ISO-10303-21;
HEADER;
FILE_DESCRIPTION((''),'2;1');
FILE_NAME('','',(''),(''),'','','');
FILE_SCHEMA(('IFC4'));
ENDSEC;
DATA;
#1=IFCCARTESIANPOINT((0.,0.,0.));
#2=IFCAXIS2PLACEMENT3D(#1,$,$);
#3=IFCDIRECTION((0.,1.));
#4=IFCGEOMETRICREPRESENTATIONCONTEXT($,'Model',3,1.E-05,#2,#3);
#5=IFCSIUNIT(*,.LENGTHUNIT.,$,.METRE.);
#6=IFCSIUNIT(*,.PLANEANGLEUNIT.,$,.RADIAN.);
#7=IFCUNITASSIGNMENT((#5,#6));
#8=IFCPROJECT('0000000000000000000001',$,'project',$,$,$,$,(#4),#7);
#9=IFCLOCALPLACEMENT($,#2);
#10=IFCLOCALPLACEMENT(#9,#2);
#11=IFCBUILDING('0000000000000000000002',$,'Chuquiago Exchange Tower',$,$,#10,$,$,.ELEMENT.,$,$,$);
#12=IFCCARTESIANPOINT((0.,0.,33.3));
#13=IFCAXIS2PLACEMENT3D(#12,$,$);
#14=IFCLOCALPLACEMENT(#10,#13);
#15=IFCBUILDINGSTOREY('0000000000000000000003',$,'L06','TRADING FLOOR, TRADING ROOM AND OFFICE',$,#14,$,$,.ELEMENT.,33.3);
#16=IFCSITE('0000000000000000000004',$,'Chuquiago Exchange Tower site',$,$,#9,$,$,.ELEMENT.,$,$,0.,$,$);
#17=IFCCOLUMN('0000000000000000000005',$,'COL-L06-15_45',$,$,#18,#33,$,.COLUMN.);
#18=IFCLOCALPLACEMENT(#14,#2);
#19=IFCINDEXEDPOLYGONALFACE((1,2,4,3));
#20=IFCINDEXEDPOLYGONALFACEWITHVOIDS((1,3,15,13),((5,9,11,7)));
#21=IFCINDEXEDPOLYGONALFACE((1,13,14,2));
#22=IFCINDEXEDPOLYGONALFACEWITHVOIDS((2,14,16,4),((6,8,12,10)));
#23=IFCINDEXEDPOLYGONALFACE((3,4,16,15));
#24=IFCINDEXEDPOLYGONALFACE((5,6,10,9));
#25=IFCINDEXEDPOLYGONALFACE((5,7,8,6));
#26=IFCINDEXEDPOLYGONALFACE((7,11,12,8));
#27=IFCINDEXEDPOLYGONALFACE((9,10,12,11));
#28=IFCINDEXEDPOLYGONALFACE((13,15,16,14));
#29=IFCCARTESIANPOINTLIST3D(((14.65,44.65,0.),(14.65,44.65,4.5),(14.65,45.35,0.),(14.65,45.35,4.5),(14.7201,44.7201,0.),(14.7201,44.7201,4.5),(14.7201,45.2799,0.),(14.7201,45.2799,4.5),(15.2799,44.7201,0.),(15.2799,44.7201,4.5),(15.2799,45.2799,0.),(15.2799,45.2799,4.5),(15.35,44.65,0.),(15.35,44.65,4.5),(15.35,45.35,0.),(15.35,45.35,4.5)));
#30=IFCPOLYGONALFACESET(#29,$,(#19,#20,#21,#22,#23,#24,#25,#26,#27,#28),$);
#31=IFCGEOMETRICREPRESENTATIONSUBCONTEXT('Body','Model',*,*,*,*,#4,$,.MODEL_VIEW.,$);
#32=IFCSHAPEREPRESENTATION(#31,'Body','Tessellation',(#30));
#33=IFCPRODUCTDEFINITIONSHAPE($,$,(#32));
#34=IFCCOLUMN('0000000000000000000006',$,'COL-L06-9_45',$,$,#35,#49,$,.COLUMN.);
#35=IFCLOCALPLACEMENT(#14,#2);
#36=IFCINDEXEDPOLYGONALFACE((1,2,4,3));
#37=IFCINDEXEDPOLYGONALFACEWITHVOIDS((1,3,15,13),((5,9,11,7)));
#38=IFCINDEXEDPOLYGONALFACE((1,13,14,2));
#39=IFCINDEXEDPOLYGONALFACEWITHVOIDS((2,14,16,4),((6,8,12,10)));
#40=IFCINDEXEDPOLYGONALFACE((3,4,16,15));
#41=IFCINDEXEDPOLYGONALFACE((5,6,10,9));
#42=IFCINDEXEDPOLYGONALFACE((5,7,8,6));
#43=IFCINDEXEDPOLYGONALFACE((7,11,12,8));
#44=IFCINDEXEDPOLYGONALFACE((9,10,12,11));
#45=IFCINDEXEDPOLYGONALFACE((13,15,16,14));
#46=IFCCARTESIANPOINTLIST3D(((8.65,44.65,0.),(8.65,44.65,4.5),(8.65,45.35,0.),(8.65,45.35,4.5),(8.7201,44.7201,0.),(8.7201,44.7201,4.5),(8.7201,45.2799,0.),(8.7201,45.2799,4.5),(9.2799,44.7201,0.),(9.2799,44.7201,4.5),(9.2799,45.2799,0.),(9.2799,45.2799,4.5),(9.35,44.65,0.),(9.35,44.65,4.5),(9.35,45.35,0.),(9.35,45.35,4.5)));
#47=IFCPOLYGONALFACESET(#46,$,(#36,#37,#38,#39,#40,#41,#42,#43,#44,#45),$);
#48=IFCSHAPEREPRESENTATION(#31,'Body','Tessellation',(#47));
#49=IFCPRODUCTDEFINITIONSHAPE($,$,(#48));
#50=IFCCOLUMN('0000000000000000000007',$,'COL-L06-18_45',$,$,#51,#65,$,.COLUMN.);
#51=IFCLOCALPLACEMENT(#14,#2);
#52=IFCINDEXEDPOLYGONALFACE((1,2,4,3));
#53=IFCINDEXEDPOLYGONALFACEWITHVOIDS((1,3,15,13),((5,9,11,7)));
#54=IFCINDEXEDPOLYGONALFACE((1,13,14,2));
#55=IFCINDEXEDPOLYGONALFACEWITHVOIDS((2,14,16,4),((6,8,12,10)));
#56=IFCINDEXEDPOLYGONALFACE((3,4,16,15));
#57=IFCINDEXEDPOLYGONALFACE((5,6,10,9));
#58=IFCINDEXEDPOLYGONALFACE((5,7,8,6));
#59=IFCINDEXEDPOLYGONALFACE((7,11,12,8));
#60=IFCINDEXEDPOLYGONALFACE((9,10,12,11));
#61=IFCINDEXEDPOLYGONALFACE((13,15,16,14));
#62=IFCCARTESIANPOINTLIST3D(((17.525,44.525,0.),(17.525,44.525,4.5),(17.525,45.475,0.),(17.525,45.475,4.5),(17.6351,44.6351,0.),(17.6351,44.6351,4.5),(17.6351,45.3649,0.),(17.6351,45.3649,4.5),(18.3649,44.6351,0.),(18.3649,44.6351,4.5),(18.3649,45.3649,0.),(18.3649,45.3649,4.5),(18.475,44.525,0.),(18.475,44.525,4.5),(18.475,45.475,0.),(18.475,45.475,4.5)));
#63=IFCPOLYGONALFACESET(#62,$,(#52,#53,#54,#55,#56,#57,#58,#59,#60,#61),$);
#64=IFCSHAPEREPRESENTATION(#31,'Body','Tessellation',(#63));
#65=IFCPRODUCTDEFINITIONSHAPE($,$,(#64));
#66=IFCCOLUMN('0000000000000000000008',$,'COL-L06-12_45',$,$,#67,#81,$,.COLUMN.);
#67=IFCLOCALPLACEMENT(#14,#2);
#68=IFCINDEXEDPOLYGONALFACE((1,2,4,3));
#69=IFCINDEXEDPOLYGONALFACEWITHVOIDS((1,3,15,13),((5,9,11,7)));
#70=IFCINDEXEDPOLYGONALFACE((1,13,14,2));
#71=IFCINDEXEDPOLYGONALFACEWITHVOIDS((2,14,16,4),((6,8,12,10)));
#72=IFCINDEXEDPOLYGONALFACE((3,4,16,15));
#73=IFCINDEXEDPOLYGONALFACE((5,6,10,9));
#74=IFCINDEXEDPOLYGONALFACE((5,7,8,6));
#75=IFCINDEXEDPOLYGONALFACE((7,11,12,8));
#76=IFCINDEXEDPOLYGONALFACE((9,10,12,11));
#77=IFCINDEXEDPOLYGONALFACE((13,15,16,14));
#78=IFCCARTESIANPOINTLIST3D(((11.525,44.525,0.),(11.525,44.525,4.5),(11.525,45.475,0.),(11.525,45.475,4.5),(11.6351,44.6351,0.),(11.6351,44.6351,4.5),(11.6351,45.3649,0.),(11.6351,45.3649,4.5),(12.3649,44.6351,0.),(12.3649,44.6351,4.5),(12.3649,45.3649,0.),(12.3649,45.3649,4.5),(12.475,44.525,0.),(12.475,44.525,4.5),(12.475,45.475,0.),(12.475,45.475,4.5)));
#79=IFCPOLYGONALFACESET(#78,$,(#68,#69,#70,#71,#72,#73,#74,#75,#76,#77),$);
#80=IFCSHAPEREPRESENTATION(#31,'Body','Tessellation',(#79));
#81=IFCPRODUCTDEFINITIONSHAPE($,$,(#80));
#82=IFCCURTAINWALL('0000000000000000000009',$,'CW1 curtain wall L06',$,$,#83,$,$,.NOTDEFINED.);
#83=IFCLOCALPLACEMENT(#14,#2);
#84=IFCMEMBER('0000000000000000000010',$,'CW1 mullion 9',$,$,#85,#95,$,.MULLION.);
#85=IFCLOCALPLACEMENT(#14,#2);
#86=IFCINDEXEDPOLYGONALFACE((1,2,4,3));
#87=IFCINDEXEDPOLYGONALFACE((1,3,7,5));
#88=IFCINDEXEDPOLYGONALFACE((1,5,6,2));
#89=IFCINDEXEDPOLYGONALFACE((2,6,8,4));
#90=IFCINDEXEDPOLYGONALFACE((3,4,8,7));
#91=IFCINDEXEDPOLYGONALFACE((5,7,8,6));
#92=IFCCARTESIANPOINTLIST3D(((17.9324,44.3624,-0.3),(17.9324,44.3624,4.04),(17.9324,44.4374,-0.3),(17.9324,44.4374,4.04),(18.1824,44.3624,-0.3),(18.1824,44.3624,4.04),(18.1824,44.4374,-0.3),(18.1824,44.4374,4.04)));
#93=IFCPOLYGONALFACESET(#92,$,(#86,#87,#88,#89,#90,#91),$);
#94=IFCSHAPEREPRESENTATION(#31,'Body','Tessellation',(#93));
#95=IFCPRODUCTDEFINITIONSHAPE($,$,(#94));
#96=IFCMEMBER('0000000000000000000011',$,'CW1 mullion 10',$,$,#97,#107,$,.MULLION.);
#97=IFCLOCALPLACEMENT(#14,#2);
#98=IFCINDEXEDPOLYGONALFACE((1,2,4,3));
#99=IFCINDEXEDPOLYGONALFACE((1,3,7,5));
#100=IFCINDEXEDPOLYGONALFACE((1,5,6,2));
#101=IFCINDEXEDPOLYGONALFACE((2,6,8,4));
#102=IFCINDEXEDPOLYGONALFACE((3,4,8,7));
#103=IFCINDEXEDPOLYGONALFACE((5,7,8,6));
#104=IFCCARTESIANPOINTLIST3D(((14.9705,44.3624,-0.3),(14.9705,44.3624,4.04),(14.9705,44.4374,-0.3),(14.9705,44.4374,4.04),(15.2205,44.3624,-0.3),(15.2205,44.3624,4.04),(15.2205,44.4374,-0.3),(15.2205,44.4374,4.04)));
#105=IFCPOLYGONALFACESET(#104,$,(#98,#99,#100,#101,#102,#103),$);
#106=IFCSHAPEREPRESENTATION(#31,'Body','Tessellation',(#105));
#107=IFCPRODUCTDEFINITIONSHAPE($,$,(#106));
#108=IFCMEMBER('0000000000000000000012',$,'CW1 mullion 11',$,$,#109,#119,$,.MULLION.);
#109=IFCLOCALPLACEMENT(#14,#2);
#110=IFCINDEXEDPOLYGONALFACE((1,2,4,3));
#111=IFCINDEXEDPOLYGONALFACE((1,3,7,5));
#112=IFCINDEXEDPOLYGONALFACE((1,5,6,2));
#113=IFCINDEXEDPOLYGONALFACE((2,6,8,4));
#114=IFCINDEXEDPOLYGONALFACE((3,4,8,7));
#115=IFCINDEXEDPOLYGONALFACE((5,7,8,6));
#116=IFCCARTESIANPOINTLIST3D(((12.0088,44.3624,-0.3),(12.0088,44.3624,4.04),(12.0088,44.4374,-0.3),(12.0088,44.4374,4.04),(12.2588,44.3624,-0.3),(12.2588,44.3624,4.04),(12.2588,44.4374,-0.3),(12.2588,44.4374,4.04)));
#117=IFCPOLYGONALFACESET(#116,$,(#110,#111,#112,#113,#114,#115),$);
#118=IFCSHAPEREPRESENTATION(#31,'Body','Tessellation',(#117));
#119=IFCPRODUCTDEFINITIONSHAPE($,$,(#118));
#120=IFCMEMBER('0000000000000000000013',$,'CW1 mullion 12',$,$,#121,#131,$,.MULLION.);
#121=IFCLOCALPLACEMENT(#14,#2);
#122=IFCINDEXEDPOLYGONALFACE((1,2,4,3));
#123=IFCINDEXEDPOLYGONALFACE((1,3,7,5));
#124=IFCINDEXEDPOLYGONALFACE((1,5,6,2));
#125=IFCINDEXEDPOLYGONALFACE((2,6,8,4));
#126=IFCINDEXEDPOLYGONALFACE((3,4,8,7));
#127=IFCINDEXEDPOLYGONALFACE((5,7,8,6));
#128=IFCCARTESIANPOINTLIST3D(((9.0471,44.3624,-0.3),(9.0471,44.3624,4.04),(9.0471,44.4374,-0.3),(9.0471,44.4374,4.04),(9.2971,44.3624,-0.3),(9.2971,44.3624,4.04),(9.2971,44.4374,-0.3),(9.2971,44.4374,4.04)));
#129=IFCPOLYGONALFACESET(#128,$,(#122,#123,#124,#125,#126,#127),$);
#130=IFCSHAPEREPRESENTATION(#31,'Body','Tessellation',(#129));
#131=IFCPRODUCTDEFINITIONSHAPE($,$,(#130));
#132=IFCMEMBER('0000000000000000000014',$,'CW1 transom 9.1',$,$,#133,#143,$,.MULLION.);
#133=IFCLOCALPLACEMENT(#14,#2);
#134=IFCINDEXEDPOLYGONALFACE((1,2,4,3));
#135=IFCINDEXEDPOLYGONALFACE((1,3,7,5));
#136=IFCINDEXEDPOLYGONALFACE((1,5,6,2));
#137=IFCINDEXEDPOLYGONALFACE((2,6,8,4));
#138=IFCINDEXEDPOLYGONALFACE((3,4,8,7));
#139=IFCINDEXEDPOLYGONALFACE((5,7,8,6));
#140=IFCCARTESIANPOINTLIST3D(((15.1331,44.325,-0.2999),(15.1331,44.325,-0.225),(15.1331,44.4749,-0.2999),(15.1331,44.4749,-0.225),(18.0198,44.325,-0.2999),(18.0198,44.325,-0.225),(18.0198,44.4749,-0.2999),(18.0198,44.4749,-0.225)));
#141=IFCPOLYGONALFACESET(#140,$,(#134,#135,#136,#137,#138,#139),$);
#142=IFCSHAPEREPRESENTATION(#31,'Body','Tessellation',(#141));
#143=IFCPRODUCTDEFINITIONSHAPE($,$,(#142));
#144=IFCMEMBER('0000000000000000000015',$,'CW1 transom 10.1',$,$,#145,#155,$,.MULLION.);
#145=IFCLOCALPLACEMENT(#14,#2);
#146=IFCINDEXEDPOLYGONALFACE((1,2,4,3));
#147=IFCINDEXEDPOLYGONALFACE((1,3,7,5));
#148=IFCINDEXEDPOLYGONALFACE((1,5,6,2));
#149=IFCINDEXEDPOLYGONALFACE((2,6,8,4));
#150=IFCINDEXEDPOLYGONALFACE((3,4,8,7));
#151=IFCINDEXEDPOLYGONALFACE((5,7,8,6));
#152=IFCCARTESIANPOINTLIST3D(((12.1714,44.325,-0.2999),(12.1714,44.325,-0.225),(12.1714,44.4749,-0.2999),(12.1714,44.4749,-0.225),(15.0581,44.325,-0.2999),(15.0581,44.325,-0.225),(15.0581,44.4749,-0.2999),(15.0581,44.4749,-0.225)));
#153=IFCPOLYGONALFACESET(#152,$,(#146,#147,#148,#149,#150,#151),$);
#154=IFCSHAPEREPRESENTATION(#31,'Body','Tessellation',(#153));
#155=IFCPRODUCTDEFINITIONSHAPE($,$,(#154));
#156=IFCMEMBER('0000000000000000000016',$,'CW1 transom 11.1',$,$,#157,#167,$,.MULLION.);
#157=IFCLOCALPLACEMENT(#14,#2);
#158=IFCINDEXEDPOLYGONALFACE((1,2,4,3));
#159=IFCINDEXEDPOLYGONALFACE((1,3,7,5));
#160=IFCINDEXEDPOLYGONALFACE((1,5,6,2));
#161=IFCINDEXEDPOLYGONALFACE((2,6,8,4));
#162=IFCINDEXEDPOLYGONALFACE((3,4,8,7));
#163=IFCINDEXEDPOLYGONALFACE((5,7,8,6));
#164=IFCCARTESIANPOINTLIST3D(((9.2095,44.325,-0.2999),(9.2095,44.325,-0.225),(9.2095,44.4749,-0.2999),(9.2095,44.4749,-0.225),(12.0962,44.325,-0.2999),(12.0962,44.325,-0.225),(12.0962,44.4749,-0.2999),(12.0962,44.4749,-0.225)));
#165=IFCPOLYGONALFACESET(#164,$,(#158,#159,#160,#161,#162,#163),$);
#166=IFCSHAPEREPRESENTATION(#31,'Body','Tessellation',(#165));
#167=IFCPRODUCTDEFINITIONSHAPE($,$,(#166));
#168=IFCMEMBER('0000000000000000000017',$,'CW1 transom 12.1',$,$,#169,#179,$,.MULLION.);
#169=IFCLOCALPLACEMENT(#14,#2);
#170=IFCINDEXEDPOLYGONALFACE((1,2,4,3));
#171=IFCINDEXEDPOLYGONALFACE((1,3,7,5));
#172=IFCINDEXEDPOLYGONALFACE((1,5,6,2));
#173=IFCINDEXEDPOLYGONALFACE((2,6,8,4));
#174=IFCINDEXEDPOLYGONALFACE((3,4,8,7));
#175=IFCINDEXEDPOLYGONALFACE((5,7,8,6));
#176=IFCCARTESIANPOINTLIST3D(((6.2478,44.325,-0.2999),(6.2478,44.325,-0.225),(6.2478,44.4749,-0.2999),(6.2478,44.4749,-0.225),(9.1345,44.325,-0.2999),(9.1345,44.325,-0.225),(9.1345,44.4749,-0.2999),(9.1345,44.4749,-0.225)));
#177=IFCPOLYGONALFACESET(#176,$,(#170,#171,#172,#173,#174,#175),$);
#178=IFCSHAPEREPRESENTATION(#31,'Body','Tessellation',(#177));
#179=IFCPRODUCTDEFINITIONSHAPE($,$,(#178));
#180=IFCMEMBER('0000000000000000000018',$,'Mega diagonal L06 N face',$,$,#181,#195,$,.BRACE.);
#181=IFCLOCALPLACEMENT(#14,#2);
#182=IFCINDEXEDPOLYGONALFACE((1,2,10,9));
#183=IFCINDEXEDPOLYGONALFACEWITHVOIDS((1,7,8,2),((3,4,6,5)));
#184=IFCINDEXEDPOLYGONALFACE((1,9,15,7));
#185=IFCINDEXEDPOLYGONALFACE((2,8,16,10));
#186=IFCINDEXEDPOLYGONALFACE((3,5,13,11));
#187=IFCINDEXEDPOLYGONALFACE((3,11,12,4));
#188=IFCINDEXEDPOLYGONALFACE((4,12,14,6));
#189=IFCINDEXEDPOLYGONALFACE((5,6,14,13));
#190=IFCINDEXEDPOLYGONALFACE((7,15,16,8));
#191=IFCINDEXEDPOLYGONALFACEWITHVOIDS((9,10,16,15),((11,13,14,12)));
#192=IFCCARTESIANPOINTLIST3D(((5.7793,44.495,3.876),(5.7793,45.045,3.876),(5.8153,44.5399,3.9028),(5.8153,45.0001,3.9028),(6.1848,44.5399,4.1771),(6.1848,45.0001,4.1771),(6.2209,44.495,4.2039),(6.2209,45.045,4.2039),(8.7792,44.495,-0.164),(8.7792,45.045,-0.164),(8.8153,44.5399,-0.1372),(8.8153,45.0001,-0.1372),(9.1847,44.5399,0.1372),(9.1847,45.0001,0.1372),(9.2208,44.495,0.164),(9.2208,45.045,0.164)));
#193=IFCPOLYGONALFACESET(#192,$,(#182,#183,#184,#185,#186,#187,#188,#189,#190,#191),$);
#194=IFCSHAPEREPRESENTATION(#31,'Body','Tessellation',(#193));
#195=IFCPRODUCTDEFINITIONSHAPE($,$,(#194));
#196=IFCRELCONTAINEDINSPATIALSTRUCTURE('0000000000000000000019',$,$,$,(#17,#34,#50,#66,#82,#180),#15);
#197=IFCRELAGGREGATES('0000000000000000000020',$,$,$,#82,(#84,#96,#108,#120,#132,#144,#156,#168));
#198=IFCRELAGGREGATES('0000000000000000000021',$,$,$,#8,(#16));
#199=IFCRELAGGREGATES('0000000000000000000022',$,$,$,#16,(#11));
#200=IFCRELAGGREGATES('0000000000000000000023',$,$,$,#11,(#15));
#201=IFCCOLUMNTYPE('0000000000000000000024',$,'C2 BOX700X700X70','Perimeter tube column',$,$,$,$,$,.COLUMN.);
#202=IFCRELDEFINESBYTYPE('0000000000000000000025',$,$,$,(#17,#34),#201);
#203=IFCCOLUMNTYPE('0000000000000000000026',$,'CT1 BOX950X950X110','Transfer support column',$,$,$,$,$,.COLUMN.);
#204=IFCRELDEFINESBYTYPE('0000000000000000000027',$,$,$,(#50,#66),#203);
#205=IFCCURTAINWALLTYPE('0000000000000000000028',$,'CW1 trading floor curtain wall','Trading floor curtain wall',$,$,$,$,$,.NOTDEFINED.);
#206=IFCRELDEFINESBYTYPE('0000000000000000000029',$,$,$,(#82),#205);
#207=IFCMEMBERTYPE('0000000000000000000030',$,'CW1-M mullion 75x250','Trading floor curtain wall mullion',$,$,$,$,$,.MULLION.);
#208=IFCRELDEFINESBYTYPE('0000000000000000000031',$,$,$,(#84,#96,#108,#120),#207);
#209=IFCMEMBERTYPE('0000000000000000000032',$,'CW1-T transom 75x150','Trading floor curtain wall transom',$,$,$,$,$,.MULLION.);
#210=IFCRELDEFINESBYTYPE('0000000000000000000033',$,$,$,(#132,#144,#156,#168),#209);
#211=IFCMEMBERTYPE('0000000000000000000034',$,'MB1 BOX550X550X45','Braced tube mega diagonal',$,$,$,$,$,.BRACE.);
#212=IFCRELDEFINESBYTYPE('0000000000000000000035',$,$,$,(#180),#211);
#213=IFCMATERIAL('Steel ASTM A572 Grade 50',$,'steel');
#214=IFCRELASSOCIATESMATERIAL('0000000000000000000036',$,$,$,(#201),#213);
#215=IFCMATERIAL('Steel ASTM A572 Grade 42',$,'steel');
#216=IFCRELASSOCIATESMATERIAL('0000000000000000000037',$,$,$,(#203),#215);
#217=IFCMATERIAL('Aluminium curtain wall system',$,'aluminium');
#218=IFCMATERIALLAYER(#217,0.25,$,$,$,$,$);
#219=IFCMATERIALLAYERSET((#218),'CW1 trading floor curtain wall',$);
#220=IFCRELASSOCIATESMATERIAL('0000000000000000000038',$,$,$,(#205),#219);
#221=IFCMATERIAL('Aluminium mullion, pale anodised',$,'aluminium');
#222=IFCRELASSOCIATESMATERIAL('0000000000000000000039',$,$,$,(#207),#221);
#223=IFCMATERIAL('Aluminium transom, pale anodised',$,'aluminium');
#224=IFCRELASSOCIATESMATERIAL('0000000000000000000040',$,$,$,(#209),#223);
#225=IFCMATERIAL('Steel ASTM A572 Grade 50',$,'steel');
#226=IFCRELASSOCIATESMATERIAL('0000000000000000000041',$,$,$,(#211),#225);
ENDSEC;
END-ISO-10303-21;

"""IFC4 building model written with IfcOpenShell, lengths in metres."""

from ifc_helpers import new_model, si_unit, direction, frame, origin, origin_2d, place, context, subcontext, project, spatial, rectangle, hollow_rectangle, extrude, material, layer, layer_set, material_profile, profile_set, type_object, element, aggregate, save


model = new_model("IFC4")

# Units and contexts
model_context = context("Model", 3, precision=1e-05, world=origin(), true_north=direction((0.0, 1.0)))
body_context = subcontext(model_context, "Body", "Model", "MODEL_VIEW")
ifc_project = project(units=[si_unit("LENGTHUNIT", "METRE"), si_unit("PLANEANGLEUNIT", "RADIAN")], contexts=[model_context])

# Site, building, storey
site_placement = place(None, origin())
site = spatial("IfcSite", under=ifc_project, at=site_placement, Name="Chuquiago Exchange Tower site", CompositionType="ELEMENT", RefElevation=0.0)
building_placement = place(site_placement, origin())
building = spatial("IfcBuilding", under=site, at=building_placement, Name="Chuquiago Exchange Tower", CompositionType="ELEMENT")
storey_placement = place(building_placement, frame((0.0, 0.0, 33.3)))
storey = spatial("IfcBuildingStorey", under=building, at=storey_placement, Name="L06", Description="TRADING FLOOR, TRADING ROOM AND OFFICE", CompositionType="ELEMENT", Elevation=33.3)

# Columns
ifc_material_1 = material(Name="Steel ASTM A572 Grade 50", Category="steel")
ifc_material_profile_1 = material_profile(ifc_material_1, hollow_rectangle(XDim=0.7, YDim=0.7, WallThickness=0.0701, at=origin_2d()), Name="BOX700X700X70")
ifc_profile_set_1 = profile_set([ifc_material_profile_1], Name="Steel ASTM A572 Grade 50")
column_type_1 = type_object("IfcColumnType", Name="C2 BOX700X700X70", Description="Perimeter tube column", PredefinedType="COLUMN", material=ifc_profile_set_1)
for number, where, z_axis, x_axis, name in (
    (1, (15.0, 45.0, 0.0), (0.0, 0.0, 1.0), (0.0, 1.0, 0.0), "COL-L06-15_45"),
    (2, (9.0, 45.0, 0.0), (0.0, 0.0, 1.0), (0.0, 1.0, 0.0), "COL-L06-9_45"),
):
    element("IfcColumn", number, at=place(storey_placement, frame(where, z_axis=z_axis, x_axis=x_axis)), inside=storey, type_object=column_type_1, Name=name, PredefinedType="COLUMN", context=body_context, shape_type="SweptSolid", body=[
        extrude(hollow_rectangle(XDim=0.7, YDim=0.7, WallThickness=0.0701, at=origin_2d()), origin(), (0.0, 0.0, 1.0), 4.5),
    ])
ifc_material_2 = material(Name="Steel ASTM A572 Grade 42", Category="steel")
ifc_material_profile_2 = material_profile(ifc_material_2, hollow_rectangle(XDim=0.95, YDim=0.95, WallThickness=0.1101, at=origin_2d()), Name="BOX950X950X110")
ifc_profile_set_2 = profile_set([ifc_material_profile_2], Name="Steel ASTM A572 Grade 42")
column_type_2 = type_object("IfcColumnType", Name="CT1 BOX950X950X110", Description="Transfer support column", PredefinedType="COLUMN", material=ifc_profile_set_2)
for number, where, z_axis, x_axis, name in (
    (3, (18.0, 45.0, 0.0), (0.0, 0.0, 1.0), (0.0, 1.0, 0.0), "COL-L06-18_45"),
    (4, (12.0, 45.0, 0.0), (0.0, 0.0, 1.0), (0.0, 1.0, 0.0), "COL-L06-12_45"),
):
    element("IfcColumn", number, at=place(storey_placement, frame(where, z_axis=z_axis, x_axis=x_axis)), inside=storey, type_object=column_type_2, Name=name, PredefinedType="COLUMN", context=body_context, shape_type="SweptSolid", body=[
        extrude(hollow_rectangle(XDim=0.95, YDim=0.95, WallThickness=0.1101, at=origin_2d()), origin(), (0.0, 0.0, 1.0), 4.5),
    ])

# Curtain wall, members
ifc_material_3 = material(Name="Aluminium curtain wall system", Category="aluminium")
ifc_layer_1 = layer(ifc_material_3, 0.25)
ifc_layer_set_1 = layer_set([ifc_layer_1], Name="CW1 trading floor curtain wall")
curtain_wall_type = type_object("IfcCurtainWallType", Name="CW1 trading floor curtain wall", Description="Trading floor curtain wall", PredefinedType="NOTDEFINED", material=ifc_layer_set_1)
curtain_wall_placement = place(storey_placement, origin())
curtain_wall = element("IfcCurtainWall", 5, at=curtain_wall_placement, inside=storey, type_object=curtain_wall_type, Name="CW1 curtain wall L06", PredefinedType="NOTDEFINED")
ifc_material_4 = material(Name="Aluminium mullion, pale anodised", Category="aluminium")
ifc_material_profile_3 = material_profile(ifc_material_4, rectangle(XDim=0.075, YDim=0.25, at=origin_2d()), Name="AL 75x250")
ifc_profile_set_3 = profile_set([ifc_material_profile_3], Name="Aluminium mullion, pale anodised")
member_type_1 = type_object("IfcMemberType", Name="CW1-M mullion 75x250", Description="Trading floor curtain wall mullion", PredefinedType="MULLION", material=ifc_profile_set_3)
member_1_placement = place(storey_placement, frame((18.0574, 44.3999, -0.3), z_axis=(0.0, 0.0, 1.0), x_axis=(0.0, -1.0, 0.0)))
member_1 = element("IfcMember", 6, at=member_1_placement, type_object=member_type_1, Name="CW1 mullion 9", PredefinedType="MULLION", context=body_context, shape_type="SweptSolid", body=[
    extrude(rectangle(XDim=0.075, YDim=0.25, at=origin_2d()), origin(), (0.0, 0.0, 1.0), 4.3401),
])
member_2_placement = place(storey_placement, frame((15.0955, 44.3999, -0.3), z_axis=(0.0, 0.0, 1.0), x_axis=(0.0, -1.0, 0.0)))
member_2 = element("IfcMember", 7, at=member_2_placement, type_object=member_type_1, Name="CW1 mullion 10", PredefinedType="MULLION", context=body_context, shape_type="SweptSolid", body=[
    extrude(rectangle(XDim=0.075, YDim=0.25, at=origin_2d()), origin(), (0.0, 0.0, 1.0), 4.3401),
])
member_3_placement = place(storey_placement, frame((12.1338, 44.3999, -0.3), z_axis=(0.0, 0.0, 1.0), x_axis=(0.0, -1.0, 0.0)))
member_3 = element("IfcMember", 8, at=member_3_placement, type_object=member_type_1, Name="CW1 mullion 11", PredefinedType="MULLION", context=body_context, shape_type="SweptSolid", body=[
    extrude(rectangle(XDim=0.075, YDim=0.25, at=origin_2d()), origin(), (0.0, 0.0, 1.0), 4.3401),
])
member_4_placement = place(storey_placement, frame((9.1721, 44.3999, -0.3), z_axis=(0.0, 0.0, 1.0), x_axis=(0.0, -1.0, 0.0)))
member_4 = element("IfcMember", 9, at=member_4_placement, type_object=member_type_1, Name="CW1 mullion 12", PredefinedType="MULLION", context=body_context, shape_type="SweptSolid", body=[
    extrude(rectangle(XDim=0.075, YDim=0.25, at=origin_2d()), origin(), (0.0, 0.0, 1.0), 4.3401),
])
ifc_material_5 = material(Name="Aluminium transom, pale anodised", Category="aluminium")
ifc_material_profile_4 = material_profile(ifc_material_5, rectangle(XDim=0.1499, YDim=0.075, at=origin_2d()), Name="AL 150x75")
ifc_profile_set_4 = profile_set([ifc_material_profile_4], Name="Aluminium transom, pale anodised")
member_type_2 = type_object("IfcMemberType", Name="CW1-T transom 75x150", Description="Trading floor curtain wall transom", PredefinedType="MULLION", material=ifc_profile_set_4)
member_5_placement = place(storey_placement, frame((18.0198, 44.3999, -0.2625), z_axis=(-1.0, 0.0, 0.0), x_axis=(0.0, -1.0, 0.0)))
member_5 = element("IfcMember", 10, at=member_5_placement, type_object=member_type_2, Name="CW1 transom 9.1", PredefinedType="MULLION", context=body_context, shape_type="SweptSolid", body=[
    extrude(rectangle(XDim=0.1499, YDim=0.075, at=origin_2d()), origin(), (0.0, 0.0, 1.0), 2.8867),
])
member_6_placement = place(storey_placement, frame((15.0581, 44.3999, -0.2625), z_axis=(-1.0, 0.0, 0.0), x_axis=(0.0, -1.0, 0.0)))
member_6 = element("IfcMember", 11, at=member_6_placement, type_object=member_type_2, Name="CW1 transom 10.1", PredefinedType="MULLION", context=body_context, shape_type="SweptSolid", body=[
    extrude(rectangle(XDim=0.1499, YDim=0.075, at=origin_2d()), origin(), (0.0, 0.0, 1.0), 2.8867),
])
member_7_placement = place(storey_placement, frame((12.0962, 44.3999, -0.2625), z_axis=(-1.0, 0.0, 0.0), x_axis=(0.0, -1.0, 0.0)))
member_7 = element("IfcMember", 12, at=member_7_placement, type_object=member_type_2, Name="CW1 transom 11.1", PredefinedType="MULLION", context=body_context, shape_type="SweptSolid", body=[
    extrude(rectangle(XDim=0.1499, YDim=0.075, at=origin_2d()), origin(), (0.0, 0.0, 1.0), 2.8867),
])
member_8_placement = place(storey_placement, frame((9.1345, 44.3999, -0.2625), z_axis=(-1.0, 0.0, 0.0), x_axis=(0.0, -1.0, 0.0)))
member_8 = element("IfcMember", 13, at=member_8_placement, type_object=member_type_2, Name="CW1 transom 12.1", PredefinedType="MULLION", context=body_context, shape_type="SweptSolid", body=[
    extrude(rectangle(XDim=0.1499, YDim=0.075, at=origin_2d()), origin(), (0.0, 0.0, 1.0), 2.8867),
])

# Member
ifc_material_6 = material(Name="Steel ASTM A572 Grade 50", Category="steel")
ifc_material_profile_5 = material_profile(ifc_material_6, hollow_rectangle(XDim=0.55, YDim=0.55, WallThickness=0.0449, at=origin_2d()), Name="BOX550X550X45")
ifc_profile_set_5 = profile_set([ifc_material_profile_5], Name="Steel ASTM A572 Grade 50")
member_type_3 = type_object("IfcMemberType", Name="MB1 BOX550X550X45", Description="Braced tube mega diagonal", PredefinedType="BRACE", material=ifc_profile_set_5)
member_9_placement = place(storey_placement, frame((9.0, 44.77, 0.0), z_axis=(-0.596174, 0.0, 0.802855), x_axis=(0.0, -1.0, 0.0)))
element("IfcMember", 14, at=member_9_placement, inside=storey, type_object=member_type_3, Name="Mega diagonal L06 N face", PredefinedType="BRACE", context=body_context, shape_type="SweptSolid", body=[
    extrude(hollow_rectangle(XDim=0.55, YDim=0.55, WallThickness=0.0449, at=origin_2d()), origin(), (0.0, 0.0, 1.0), 5.032),
])

aggregate(curtain_wall, [member_1, member_2, member_3, member_4, member_5, member_6, member_7, member_8])

save(model, "model.ifc")
